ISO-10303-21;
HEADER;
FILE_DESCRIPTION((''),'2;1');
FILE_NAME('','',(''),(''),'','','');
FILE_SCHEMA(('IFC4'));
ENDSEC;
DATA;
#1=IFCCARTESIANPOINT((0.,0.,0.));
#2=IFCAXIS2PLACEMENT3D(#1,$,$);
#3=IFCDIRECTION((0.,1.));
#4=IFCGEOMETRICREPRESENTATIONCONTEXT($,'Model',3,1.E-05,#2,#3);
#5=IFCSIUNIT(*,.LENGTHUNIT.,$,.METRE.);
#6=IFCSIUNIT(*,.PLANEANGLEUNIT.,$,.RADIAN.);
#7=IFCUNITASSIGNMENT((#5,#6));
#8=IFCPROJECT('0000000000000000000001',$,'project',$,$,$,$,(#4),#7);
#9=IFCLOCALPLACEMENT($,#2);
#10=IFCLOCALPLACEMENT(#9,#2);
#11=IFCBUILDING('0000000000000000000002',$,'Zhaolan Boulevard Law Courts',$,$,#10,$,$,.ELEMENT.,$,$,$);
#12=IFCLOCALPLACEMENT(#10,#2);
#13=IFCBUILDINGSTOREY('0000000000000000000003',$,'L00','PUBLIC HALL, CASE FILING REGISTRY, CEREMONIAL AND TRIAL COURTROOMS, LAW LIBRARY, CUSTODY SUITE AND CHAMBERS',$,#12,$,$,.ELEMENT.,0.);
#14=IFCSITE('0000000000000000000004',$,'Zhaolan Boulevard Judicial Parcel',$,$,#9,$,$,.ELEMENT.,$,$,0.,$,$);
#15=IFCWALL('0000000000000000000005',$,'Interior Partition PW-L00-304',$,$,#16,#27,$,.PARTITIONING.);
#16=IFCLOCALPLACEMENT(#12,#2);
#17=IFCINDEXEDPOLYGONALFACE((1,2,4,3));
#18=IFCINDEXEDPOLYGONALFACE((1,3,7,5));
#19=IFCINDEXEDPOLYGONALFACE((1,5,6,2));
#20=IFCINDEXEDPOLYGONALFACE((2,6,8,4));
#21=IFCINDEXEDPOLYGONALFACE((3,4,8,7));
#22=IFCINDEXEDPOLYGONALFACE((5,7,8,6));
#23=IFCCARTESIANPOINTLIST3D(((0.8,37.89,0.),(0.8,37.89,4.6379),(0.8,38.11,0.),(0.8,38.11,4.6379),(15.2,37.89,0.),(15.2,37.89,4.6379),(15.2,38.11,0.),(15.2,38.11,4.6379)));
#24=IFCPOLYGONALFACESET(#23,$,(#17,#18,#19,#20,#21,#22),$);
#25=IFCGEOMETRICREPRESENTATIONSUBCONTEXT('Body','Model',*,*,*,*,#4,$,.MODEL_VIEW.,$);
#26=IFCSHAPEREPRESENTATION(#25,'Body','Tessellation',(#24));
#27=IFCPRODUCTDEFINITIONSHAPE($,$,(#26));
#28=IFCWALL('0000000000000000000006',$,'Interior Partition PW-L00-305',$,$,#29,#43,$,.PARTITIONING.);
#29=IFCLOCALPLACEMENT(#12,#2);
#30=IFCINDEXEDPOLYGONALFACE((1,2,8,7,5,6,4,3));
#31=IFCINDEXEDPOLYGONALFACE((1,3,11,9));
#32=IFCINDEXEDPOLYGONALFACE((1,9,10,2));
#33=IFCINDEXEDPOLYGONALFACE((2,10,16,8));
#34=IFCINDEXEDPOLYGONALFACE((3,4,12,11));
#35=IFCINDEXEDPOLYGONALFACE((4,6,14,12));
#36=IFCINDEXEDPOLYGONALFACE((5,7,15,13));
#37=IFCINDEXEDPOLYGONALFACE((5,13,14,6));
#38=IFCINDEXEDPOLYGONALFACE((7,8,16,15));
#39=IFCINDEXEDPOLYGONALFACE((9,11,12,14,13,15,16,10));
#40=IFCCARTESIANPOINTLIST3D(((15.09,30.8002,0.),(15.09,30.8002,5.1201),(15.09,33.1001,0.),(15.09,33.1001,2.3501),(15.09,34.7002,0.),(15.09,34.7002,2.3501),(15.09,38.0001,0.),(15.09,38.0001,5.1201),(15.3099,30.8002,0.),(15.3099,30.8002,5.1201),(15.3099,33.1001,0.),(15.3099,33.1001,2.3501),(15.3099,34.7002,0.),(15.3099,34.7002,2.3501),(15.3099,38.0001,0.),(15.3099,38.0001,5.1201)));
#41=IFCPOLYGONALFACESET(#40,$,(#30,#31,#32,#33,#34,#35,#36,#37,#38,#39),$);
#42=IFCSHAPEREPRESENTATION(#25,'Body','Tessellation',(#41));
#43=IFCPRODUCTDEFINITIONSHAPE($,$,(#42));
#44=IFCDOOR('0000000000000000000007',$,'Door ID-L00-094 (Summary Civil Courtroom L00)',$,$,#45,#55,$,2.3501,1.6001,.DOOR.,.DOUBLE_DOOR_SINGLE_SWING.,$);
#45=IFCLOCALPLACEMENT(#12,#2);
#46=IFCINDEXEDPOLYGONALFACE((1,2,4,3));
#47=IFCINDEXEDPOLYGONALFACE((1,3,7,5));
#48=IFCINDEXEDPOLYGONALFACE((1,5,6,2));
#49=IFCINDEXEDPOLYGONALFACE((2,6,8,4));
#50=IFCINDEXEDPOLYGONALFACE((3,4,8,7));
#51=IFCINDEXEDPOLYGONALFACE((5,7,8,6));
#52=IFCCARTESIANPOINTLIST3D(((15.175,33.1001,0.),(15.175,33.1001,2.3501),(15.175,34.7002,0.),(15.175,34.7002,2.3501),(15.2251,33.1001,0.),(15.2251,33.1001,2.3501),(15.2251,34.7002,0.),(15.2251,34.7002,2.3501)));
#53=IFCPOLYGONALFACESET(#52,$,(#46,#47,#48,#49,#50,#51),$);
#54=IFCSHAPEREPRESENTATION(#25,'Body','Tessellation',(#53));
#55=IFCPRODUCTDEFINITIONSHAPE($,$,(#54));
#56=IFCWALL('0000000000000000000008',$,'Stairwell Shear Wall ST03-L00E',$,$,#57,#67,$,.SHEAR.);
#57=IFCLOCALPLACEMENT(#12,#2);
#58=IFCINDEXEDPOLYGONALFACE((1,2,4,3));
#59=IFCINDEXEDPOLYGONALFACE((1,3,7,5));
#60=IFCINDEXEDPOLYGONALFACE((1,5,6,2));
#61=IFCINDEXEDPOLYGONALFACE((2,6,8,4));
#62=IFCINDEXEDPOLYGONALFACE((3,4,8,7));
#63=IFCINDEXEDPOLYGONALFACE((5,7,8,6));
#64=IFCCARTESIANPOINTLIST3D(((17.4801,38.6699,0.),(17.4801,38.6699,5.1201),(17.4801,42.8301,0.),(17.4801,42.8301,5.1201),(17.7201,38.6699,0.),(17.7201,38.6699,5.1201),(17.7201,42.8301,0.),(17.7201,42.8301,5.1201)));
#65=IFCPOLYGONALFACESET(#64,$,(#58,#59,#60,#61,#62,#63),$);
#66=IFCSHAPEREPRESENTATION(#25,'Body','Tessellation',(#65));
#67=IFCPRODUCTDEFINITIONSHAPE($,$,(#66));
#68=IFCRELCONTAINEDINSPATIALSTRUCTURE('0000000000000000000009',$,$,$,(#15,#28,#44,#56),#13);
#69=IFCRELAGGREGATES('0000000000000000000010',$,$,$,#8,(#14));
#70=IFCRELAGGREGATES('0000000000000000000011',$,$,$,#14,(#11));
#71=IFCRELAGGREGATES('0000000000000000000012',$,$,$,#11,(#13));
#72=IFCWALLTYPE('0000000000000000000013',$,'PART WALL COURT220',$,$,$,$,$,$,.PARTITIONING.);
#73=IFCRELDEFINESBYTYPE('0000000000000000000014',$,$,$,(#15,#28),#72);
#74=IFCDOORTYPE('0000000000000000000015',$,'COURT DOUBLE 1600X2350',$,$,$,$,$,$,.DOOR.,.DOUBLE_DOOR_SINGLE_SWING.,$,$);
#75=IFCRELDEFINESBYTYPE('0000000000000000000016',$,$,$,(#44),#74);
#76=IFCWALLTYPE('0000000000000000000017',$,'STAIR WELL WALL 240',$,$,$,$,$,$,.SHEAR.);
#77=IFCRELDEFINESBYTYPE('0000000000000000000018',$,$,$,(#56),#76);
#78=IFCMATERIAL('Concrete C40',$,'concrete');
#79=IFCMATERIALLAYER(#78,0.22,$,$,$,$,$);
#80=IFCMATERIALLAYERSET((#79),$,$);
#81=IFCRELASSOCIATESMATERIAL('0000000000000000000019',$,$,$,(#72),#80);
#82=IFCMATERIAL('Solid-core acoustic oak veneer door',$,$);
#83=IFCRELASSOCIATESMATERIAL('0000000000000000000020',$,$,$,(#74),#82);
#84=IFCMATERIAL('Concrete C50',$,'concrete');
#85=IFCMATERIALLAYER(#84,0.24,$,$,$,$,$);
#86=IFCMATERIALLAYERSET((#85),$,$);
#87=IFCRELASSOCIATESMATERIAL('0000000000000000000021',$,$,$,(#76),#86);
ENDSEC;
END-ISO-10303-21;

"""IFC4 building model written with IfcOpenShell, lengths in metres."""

from ifc_helpers import new_model, si_unit, direction, frame, frame_2d, origin, place, context, subcontext, project, spatial, rectangle, extrude, material, layer, layer_set, type_object, element, fill, save


model = new_model("IFC4")

# Units and contexts
model_context = context("Model", 3, precision=1e-05, world=origin(), true_north=direction((0.0, 1.0)))
body_context = subcontext(model_context, "Body", "Model", "MODEL_VIEW")
ifc_project = project(units=[si_unit("LENGTHUNIT", "METRE"), si_unit("PLANEANGLEUNIT", "RADIAN")], contexts=[model_context])

# Site, building, storey
site_placement = place(None, origin())
site = spatial("IfcSite", under=ifc_project, at=site_placement, Name="Zhaolan Boulevard Judicial Parcel", CompositionType="ELEMENT", RefElevation=0.0)
building_placement = place(site_placement, origin())
building = spatial("IfcBuilding", under=site, at=building_placement, Name="Zhaolan Boulevard Law Courts", CompositionType="ELEMENT")
storey_placement = place(building_placement, origin())
storey = spatial("IfcBuildingStorey", under=building, at=storey_placement, Name="L00", Description="PUBLIC HALL, CASE FILING REGISTRY, CEREMONIAL AND TRIAL COURTROOMS, LAW LIBRARY, CUSTODY SUITE AND CHAMBERS", CompositionType="ELEMENT", Elevation=0.0)

# Wall
ifc_material_1 = material(Name="Concrete C40", Category="concrete")
ifc_layer_1 = layer(ifc_material_1, 0.22)
ifc_layer_set_1 = layer_set([ifc_layer_1])
wall_type_1 = type_object("IfcWallType", Name="PART WALL COURT220", PredefinedType="PARTITIONING", material=ifc_layer_set_1)
wall_1_placement = place(storey_placement, frame((15.2, 38.0, 0.0), z_axis=(0.0, 0.0, 1.0), x_axis=(-1.0, 0.0, 0.0)))
element("IfcWall", 1, at=wall_1_placement, inside=storey, type_object=wall_type_1, Name="Interior Partition PW-L00-304", PredefinedType="PARTITIONING", context=body_context, shape_type="SweptSolid", body=[
    extrude(rectangle(XDim=14.3999, YDim=0.22, at=frame_2d((7.2, 0.0))), origin(), (0.0, 0.0, 1.0), 4.6379),
])

# Wall, opening, door
wall_2_placement = place(storey_placement, frame((15.2, 30.8, 0.0), z_axis=(0.0, 0.0, 1.0), x_axis=(0.0, 1.0, 0.0)))
wall_2 = element("IfcWall", 2, at=wall_2_placement, inside=storey, type_object=wall_type_1, Name="Interior Partition PW-L00-305", PredefinedType="PARTITIONING", context=body_context, shape_type="SweptSolid", body=[
    extrude(rectangle(XDim=7.2, YDim=0.22, at=frame_2d((3.6001, 0.0))), origin(), (0.0, 0.0, 1.0), 5.1201),
])
opening_placement = place(wall_2_placement, frame((2.3, 0.0, 0.0)))
opening = element("IfcOpeningElement", 3, at=opening_placement, cuts=wall_2, PredefinedType="OPENING", context=body_context, shape_type="SweptSolid", body=[
    extrude(rectangle(XDim=1.6001, YDim=2.3501, at=frame_2d((0.8, 1.175))), frame((0.0, 0.1199, 0.0), z_axis=(0.0, -1.0, 0.0), x_axis=(1.0, 0.0, 0.0)), (0.0, 0.0, 1.0), 0.24),
])
ifc_material_2 = material(Name="Solid-core acoustic oak veneer door")
door_type = type_object("IfcDoorType", Name="COURT DOUBLE 1600X2350", OperationType="DOUBLE_DOOR_SINGLE_SWING", PredefinedType="DOOR", material=ifc_material_2)
door_placement = place(opening_placement, origin())
door = element("IfcDoor", 4, at=door_placement, inside=storey, type_object=door_type, Name="Door ID-L00-094 (Summary Civil Courtroom L00)", OperationType="DOUBLE_DOOR_SINGLE_SWING", OverallHeight=2.3501, OverallWidth=1.6001, PredefinedType="DOOR", context=body_context, shape_type="SweptSolid", body=[
    extrude(rectangle(XDim=1.6001, YDim=2.3501, at=frame_2d((0.8, 1.175))), frame((0.0, 0.0249, 0.0), z_axis=(0.0, -1.0, 0.0), x_axis=(1.0, 0.0, 0.0)), (0.0, 0.0, 1.0), 0.05),
])
fill(opening, door)

# Wall
ifc_material_3 = material(Name="Concrete C50", Category="concrete")
ifc_layer_2 = layer(ifc_material_3, 0.24)
ifc_layer_set_2 = layer_set([ifc_layer_2])
wall_type_2 = type_object("IfcWallType", Name="STAIR WELL WALL 240", PredefinedType="SHEAR", material=ifc_layer_set_2)
wall_3_placement = place(storey_placement, frame((17.6001, 38.6699, 0.0), z_axis=(0.0, 0.0, 1.0), x_axis=(0.0, 1.0, 0.0)))
element("IfcWall", 5, at=wall_3_placement, inside=storey, type_object=wall_type_2, Name="Stairwell Shear Wall ST03-L00E", PredefinedType="SHEAR", context=body_context, shape_type="SweptSolid", body=[
    extrude(rectangle(XDim=4.1602, YDim=0.24, at=frame_2d((2.0801, 0.0))), origin(), (0.0, 0.0, 1.0), 5.1201),
])

save(model, "model.ifc")
